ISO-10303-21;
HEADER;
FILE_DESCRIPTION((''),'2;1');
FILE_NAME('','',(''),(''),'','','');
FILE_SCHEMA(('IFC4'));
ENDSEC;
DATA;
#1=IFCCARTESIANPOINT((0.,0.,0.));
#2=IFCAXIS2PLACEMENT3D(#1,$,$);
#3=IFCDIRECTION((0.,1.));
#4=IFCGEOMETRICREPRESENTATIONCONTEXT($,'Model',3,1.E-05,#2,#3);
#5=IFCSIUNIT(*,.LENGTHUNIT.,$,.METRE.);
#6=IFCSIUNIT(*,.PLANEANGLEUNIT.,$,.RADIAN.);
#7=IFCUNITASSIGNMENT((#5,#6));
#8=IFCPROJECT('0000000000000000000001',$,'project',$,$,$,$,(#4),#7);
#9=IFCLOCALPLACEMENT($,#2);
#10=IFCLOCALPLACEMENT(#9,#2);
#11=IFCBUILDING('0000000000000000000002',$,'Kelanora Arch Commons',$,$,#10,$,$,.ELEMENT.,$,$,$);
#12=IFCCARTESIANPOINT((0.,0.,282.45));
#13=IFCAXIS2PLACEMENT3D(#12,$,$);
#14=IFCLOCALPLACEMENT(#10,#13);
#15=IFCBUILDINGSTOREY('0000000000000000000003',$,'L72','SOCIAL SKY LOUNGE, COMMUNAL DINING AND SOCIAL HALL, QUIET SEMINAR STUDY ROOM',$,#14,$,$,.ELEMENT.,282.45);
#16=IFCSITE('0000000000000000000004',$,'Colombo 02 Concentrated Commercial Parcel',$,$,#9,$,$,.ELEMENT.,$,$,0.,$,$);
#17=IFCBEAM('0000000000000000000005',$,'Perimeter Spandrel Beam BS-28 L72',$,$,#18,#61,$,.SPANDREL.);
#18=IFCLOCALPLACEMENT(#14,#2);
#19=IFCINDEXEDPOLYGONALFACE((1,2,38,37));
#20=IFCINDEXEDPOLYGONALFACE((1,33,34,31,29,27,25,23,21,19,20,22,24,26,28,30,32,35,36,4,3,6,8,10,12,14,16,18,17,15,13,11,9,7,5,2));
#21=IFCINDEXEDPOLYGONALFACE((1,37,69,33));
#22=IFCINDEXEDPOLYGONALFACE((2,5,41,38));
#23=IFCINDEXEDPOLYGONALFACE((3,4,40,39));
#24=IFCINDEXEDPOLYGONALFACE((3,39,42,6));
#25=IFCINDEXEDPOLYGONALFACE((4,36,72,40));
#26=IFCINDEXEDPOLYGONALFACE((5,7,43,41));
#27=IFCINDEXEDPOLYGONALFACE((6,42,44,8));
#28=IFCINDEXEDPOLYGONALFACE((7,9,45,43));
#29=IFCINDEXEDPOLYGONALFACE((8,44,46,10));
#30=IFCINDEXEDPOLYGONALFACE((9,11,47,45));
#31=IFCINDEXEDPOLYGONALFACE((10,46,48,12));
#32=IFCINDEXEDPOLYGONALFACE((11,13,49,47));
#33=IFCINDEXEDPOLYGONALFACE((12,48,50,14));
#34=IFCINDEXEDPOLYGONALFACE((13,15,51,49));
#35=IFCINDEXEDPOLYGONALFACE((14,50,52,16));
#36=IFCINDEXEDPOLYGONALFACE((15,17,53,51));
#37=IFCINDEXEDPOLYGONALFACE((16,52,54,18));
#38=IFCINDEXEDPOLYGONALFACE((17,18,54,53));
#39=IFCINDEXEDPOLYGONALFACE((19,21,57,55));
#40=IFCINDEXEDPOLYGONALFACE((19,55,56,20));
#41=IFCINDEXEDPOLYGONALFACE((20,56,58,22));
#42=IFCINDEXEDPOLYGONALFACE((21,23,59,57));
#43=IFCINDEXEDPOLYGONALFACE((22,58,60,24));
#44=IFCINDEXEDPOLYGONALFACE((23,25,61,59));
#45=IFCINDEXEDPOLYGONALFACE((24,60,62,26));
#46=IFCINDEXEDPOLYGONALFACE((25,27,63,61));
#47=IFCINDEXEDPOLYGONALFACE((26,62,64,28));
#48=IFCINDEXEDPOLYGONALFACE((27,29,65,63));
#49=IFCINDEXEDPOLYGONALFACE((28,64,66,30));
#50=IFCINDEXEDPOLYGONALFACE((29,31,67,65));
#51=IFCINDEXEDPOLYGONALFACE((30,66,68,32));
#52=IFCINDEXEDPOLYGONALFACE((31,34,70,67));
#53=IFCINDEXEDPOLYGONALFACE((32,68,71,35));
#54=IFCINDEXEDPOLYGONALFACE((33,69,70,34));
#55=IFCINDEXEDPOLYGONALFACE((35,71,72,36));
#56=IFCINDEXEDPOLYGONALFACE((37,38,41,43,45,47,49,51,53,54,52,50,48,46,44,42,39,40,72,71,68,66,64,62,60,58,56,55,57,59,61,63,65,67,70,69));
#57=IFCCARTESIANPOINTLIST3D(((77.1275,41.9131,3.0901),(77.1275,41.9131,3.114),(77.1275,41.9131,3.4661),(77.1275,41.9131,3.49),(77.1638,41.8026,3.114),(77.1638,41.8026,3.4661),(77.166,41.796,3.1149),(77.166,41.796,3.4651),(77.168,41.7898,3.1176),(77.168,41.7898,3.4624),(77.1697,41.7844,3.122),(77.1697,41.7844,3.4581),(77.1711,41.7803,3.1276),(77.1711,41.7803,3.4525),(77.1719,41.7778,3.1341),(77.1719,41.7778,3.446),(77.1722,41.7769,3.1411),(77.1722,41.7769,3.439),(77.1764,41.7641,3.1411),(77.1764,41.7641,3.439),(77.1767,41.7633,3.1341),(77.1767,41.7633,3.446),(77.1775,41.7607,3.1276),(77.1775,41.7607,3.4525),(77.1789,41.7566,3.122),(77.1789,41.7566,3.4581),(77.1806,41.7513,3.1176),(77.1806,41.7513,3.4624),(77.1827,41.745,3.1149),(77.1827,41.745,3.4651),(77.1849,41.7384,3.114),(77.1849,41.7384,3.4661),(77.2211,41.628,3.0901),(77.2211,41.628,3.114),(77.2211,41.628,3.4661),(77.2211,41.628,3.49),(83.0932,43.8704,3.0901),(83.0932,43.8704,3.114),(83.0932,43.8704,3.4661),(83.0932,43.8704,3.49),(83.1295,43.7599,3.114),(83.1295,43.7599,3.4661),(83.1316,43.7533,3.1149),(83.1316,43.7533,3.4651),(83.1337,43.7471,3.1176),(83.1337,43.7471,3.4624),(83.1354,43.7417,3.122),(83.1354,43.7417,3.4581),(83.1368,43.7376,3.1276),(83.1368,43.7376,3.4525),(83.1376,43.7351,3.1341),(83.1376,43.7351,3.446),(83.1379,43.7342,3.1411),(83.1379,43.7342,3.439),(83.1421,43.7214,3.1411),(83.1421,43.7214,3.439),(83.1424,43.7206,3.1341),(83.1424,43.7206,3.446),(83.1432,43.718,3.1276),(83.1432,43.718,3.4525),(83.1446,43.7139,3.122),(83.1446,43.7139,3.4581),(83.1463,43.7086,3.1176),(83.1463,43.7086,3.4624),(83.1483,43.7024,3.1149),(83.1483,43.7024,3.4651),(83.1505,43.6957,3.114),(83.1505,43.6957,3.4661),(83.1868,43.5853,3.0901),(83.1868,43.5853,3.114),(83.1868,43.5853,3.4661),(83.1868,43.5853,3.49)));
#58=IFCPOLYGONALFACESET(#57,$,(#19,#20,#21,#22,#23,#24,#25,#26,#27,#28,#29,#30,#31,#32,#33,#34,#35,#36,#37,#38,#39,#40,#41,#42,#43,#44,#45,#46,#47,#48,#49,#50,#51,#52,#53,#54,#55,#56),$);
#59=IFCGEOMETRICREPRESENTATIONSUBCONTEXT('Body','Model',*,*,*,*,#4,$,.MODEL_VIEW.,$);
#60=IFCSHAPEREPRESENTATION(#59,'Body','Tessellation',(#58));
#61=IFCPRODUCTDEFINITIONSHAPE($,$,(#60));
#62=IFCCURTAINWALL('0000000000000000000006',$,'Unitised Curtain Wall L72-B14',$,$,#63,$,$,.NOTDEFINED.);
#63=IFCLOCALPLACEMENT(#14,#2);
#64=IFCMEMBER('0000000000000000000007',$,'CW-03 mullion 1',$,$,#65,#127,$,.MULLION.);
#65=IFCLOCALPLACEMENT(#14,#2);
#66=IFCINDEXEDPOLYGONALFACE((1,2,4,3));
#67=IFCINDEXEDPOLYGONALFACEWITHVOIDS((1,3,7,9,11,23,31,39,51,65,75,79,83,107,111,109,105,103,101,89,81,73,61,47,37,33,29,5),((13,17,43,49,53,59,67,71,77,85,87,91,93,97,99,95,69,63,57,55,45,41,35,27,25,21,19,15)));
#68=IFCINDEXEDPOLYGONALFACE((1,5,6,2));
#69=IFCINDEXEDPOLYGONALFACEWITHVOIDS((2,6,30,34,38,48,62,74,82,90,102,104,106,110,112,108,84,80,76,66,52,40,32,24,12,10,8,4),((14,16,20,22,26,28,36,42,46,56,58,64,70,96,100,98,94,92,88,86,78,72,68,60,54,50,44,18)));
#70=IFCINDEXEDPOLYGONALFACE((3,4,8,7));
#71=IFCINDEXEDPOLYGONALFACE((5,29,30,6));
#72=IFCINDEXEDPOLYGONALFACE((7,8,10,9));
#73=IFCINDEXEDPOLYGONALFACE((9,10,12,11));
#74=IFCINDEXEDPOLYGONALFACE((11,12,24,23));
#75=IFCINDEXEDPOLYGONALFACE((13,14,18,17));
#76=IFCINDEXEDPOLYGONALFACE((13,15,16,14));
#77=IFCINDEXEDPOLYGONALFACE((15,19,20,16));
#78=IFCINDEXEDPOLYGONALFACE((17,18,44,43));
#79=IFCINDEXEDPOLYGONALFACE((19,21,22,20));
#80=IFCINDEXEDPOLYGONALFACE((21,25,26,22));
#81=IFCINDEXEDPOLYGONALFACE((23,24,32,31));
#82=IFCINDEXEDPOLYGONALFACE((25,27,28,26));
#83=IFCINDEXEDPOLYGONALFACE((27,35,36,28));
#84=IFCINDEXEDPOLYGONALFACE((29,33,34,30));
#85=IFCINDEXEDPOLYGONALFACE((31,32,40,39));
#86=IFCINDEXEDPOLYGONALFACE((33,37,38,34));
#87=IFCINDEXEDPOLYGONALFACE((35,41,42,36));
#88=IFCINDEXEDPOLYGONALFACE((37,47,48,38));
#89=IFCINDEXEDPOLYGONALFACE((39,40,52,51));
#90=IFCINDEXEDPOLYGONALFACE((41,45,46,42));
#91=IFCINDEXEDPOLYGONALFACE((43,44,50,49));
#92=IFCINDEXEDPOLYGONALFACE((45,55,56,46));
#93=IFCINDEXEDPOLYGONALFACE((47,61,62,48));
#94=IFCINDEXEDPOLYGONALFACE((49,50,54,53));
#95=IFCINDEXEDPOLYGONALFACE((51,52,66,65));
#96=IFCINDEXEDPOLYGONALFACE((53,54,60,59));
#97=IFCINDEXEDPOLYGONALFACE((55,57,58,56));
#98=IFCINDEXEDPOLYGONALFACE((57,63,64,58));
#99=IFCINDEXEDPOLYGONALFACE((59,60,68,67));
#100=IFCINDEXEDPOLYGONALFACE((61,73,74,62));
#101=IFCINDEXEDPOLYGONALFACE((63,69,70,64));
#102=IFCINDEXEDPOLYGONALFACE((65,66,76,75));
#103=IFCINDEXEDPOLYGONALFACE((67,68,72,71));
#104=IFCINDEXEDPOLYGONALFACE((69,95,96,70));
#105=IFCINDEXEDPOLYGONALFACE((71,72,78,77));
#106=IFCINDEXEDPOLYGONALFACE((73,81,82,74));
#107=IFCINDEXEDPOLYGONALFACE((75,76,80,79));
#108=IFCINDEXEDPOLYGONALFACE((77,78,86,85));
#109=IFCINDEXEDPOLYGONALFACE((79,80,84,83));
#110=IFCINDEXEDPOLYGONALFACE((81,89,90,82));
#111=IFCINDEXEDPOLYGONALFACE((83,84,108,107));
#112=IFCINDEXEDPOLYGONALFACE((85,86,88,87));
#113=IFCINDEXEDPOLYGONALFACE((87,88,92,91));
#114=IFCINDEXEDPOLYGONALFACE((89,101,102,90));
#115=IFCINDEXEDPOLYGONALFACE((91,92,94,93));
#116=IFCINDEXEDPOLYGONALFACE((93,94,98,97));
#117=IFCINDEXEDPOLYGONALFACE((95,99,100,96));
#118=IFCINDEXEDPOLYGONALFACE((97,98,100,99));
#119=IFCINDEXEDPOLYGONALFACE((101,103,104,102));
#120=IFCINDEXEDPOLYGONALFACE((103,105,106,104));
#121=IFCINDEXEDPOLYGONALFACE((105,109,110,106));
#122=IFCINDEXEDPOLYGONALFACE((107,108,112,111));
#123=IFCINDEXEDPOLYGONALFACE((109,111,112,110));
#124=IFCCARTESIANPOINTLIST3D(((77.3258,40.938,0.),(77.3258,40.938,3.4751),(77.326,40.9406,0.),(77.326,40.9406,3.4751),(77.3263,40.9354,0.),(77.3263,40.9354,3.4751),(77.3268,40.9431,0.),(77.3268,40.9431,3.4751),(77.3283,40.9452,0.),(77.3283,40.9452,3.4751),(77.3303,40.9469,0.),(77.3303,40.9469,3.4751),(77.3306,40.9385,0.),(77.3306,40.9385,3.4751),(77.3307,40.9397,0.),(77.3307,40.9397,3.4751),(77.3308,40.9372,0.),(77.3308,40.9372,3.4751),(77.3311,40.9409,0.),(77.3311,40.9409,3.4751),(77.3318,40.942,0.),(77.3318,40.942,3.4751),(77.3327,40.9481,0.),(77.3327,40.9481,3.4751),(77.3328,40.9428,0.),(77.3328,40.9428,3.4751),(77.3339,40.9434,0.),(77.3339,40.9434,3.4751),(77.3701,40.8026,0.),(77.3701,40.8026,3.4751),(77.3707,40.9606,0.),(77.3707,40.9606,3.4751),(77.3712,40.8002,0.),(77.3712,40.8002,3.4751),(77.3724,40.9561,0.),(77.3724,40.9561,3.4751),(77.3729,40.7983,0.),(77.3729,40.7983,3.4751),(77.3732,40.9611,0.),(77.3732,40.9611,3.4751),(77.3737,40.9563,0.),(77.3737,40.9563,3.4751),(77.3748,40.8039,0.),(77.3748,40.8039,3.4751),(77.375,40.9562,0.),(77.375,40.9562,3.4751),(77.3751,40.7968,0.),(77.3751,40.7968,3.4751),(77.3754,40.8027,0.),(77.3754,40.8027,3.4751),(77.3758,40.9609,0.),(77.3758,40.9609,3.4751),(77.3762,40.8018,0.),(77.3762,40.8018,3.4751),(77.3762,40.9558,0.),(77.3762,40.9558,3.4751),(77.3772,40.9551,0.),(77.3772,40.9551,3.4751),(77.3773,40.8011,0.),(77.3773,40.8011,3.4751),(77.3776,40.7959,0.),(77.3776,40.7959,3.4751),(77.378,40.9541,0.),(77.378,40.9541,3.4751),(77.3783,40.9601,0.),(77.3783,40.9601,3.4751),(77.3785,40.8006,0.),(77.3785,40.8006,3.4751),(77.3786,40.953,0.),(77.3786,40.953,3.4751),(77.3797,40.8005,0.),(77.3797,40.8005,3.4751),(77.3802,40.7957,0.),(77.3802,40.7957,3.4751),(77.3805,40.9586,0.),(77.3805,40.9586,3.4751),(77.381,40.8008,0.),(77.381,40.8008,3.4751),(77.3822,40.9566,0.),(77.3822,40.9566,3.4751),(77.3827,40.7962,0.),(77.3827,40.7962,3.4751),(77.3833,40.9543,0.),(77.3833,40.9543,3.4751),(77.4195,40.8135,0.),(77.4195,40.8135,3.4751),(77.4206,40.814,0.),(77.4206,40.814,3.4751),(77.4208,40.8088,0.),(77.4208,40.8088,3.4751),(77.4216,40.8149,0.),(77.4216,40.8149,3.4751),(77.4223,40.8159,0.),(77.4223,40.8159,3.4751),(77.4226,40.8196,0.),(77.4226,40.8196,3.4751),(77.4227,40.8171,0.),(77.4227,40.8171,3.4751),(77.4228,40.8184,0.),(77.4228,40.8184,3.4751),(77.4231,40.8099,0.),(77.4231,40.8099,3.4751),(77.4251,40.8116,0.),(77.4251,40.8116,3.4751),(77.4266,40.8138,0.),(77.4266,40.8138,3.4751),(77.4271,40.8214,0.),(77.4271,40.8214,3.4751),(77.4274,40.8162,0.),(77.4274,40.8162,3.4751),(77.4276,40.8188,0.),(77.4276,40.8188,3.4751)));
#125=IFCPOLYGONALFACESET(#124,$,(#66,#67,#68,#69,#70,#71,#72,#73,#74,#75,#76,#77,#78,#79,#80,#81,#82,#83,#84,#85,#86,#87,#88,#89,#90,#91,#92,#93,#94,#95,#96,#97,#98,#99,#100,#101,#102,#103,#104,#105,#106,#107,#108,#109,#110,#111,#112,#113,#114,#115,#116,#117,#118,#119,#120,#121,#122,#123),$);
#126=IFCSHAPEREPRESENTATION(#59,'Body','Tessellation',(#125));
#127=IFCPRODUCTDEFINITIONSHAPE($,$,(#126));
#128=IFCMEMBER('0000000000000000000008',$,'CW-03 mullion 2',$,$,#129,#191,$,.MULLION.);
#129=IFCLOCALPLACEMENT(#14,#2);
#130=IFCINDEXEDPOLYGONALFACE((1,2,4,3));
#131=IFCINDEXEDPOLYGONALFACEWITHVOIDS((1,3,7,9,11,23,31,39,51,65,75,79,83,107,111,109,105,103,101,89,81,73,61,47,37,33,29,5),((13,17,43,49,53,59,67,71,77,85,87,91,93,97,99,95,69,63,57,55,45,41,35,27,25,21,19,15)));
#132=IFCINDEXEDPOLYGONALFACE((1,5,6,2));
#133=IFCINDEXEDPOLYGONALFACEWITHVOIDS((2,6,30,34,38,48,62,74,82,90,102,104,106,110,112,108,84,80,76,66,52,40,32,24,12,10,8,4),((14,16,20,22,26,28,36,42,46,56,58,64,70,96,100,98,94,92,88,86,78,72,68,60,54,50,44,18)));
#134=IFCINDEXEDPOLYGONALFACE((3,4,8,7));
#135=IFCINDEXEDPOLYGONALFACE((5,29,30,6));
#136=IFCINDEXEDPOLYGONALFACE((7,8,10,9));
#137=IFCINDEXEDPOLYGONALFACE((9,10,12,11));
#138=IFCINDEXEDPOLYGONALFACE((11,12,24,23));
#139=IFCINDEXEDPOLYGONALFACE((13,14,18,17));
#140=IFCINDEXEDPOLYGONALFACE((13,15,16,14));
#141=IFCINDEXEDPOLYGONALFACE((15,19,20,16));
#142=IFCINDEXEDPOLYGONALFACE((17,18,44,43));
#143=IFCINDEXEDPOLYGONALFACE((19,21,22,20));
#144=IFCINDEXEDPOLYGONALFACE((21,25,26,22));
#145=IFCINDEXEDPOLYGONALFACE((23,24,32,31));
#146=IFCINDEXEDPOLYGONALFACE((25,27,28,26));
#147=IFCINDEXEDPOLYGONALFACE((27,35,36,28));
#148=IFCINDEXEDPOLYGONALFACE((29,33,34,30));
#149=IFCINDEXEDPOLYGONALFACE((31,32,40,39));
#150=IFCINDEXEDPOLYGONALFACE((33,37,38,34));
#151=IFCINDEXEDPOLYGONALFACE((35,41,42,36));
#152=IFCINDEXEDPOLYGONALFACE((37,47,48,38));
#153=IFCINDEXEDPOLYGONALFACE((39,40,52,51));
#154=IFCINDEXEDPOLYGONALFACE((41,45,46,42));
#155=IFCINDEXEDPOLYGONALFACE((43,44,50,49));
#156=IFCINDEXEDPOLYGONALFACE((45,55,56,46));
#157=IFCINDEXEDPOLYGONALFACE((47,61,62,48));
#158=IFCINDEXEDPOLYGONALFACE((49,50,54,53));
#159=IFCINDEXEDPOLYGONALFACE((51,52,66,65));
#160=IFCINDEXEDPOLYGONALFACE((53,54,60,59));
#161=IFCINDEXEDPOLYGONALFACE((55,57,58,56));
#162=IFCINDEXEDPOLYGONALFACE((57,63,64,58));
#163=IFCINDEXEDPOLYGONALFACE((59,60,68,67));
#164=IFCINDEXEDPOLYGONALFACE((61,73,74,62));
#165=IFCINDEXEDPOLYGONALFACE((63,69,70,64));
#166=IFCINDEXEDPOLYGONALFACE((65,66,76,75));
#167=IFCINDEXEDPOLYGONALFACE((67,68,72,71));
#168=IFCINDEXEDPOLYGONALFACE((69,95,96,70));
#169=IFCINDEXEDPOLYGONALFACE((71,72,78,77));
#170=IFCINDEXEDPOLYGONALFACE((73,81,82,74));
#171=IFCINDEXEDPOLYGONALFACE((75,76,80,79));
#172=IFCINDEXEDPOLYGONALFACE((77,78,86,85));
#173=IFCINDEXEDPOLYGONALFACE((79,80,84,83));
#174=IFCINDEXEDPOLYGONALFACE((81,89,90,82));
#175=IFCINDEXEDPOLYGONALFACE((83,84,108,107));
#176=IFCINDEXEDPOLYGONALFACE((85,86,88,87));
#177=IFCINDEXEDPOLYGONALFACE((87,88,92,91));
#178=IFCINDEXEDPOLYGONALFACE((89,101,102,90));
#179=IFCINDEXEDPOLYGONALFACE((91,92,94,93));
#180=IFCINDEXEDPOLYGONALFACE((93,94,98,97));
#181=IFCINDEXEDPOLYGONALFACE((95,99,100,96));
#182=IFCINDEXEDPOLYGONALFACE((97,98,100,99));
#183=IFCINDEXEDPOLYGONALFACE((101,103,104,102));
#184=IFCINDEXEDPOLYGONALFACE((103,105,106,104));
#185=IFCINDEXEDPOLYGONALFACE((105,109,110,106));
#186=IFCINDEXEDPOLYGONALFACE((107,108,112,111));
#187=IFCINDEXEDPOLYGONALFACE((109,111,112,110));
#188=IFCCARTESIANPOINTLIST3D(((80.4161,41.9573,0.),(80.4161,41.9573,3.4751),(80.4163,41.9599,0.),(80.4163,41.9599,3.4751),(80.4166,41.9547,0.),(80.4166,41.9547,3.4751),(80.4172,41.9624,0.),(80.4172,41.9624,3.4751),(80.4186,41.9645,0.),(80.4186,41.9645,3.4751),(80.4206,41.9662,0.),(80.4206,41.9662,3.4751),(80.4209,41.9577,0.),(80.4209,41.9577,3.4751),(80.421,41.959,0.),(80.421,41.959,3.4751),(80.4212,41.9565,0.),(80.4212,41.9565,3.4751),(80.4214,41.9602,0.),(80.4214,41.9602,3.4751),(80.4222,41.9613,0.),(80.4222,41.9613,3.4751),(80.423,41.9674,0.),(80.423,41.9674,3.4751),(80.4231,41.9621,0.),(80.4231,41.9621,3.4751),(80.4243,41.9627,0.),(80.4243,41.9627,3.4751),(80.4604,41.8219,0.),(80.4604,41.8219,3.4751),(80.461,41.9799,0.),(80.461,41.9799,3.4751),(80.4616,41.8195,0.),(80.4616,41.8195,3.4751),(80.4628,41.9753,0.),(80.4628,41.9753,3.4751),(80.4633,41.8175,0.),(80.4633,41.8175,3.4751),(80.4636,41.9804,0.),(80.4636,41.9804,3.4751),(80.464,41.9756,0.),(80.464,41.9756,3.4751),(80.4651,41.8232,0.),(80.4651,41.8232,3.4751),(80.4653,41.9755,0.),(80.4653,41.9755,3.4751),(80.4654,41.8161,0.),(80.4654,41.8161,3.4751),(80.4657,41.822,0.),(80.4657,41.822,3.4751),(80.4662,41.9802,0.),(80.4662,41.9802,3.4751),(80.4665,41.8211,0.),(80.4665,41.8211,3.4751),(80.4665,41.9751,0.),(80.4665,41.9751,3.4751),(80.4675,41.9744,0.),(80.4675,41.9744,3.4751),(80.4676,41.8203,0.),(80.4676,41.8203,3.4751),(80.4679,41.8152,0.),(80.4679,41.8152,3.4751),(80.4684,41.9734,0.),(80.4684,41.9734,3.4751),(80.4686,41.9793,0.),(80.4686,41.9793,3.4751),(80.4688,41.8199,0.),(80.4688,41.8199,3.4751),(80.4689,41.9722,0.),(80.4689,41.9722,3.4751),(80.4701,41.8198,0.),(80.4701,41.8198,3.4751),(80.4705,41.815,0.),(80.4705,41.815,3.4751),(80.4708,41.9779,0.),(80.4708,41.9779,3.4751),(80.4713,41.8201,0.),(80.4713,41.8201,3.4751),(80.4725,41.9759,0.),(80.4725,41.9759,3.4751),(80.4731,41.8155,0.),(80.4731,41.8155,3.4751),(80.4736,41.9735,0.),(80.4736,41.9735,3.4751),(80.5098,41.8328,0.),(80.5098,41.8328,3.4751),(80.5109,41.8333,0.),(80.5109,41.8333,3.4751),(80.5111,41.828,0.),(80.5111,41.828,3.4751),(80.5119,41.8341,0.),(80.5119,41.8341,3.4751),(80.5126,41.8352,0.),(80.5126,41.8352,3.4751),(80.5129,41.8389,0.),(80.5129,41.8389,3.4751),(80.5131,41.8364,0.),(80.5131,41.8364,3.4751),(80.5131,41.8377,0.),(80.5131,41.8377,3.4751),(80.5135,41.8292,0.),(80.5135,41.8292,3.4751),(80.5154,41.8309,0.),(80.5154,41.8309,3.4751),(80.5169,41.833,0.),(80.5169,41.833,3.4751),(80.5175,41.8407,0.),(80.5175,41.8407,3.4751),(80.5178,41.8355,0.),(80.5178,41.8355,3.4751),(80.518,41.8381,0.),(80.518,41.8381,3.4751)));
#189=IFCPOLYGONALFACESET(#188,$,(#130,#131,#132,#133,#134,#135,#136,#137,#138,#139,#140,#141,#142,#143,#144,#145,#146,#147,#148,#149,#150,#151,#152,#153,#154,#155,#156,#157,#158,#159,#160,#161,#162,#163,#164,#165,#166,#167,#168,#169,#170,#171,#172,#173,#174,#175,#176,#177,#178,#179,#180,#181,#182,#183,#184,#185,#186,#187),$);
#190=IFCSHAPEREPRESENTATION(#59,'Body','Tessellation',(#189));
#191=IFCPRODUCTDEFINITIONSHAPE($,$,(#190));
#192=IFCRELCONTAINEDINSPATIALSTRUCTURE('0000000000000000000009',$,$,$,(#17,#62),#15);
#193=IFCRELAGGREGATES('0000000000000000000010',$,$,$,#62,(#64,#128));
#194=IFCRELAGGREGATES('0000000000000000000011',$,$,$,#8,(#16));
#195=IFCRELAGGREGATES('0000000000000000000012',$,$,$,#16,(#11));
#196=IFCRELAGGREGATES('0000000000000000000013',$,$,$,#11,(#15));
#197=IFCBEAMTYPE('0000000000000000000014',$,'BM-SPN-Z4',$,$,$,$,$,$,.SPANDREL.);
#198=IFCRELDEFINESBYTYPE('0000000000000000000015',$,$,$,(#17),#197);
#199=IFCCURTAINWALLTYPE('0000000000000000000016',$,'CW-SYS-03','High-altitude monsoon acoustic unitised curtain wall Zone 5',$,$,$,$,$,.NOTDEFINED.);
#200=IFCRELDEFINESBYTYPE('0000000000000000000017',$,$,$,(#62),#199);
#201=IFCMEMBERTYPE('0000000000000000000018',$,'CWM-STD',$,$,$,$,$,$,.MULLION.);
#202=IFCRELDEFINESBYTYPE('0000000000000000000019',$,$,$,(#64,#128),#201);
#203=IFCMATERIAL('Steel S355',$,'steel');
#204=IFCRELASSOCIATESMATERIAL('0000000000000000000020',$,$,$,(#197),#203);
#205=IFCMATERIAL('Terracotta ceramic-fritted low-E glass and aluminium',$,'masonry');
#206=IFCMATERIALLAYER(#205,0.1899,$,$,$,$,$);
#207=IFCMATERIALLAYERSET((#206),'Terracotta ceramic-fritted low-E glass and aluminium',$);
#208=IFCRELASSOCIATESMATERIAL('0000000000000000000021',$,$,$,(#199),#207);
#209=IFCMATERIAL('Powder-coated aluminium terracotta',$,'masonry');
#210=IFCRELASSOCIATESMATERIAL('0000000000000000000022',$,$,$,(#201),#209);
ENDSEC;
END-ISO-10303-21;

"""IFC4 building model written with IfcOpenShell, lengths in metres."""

from ifc_helpers import new_model, si_unit, direction, frame, origin, origin_2d, place, context, subcontext, project, spatial, hollow_rectangle, i_section, extrude, material, layer, layer_set, material_profile, profile_set, type_object, element, aggregate, save


model = new_model("IFC4")

# Units and contexts
model_context = context("Model", 3, precision=1e-05, world=origin(), true_north=direction((0.0, 1.0)))
body_context = subcontext(model_context, "Body", "Model", "MODEL_VIEW")
ifc_project = project(units=[si_unit("LENGTHUNIT", "METRE"), si_unit("PLANEANGLEUNIT", "RADIAN")], contexts=[model_context])

# Site, building, storey
site_placement = place(None, origin())
site = spatial("IfcSite", under=ifc_project, at=site_placement, Name="Colombo 02 Concentrated Commercial Parcel", CompositionType="ELEMENT", RefElevation=0.0)
building_placement = place(site_placement, origin())
building = spatial("IfcBuilding", under=site, at=building_placement, Name="Kelanora Arch Commons", CompositionType="ELEMENT")
storey_placement = place(building_placement, frame((0.0, 0.0, 282.45)))
storey = spatial("IfcBuildingStorey", under=building, at=storey_placement, Name="L72", Description="SOCIAL SKY LOUNGE, COMMUNAL DINING AND SOCIAL HALL, QUIET SEMINAR STUDY ROOM", CompositionType="ELEMENT", Elevation=282.45)

# Beam
ifc_material_1 = material(Name="Steel S355", Category="steel")
ifc_material_profile_1 = material_profile(ifc_material_1, i_section(OverallWidth=0.3, OverallDepth=0.3999, WebThickness=0.0134, FlangeThickness=0.0239, FilletRadius=0.0271, at=origin_2d()), Name="HEB400")
ifc_profile_set_1 = profile_set([ifc_material_profile_1], Name="Steel S355")
beam_type_1 = type_object("IfcBeamType", Name="BM-SPN-Z4", PredefinedType="SPANDREL", material=ifc_profile_set_1)
beam_1_placement = place(storey_placement, frame((77.1743, 41.7705, 3.29), z_axis=(0.950166, 0.311745, 0.0), x_axis=(-0.311745, 0.950166, 0.0)))
element("IfcBeam", 1, at=beam_1_placement, inside=storey, type_object=beam_type_1, Name="Perimeter Spandrel Beam BS-28 L72", PredefinedType="SPANDREL", context=body_context, shape_type="SweptSolid", body=[
    extrude(i_section(OverallWidth=0.3, OverallDepth=0.3999, WebThickness=0.0134, FlangeThickness=0.0239, FilletRadius=0.0271, at=origin_2d()), origin(), (0.0, 0.0, 1.0), 6.2786),
])

# Curtain wall, members
ifc_material_2 = material(Name="Terracotta ceramic-fritted low-E glass and aluminium", Category="masonry")
ifc_layer_1 = layer(ifc_material_2, 0.1899)
ifc_layer_set_1 = layer_set([ifc_layer_1], Name="Terracotta ceramic-fritted low-E glass and aluminium")
curtain_wall_type = type_object("IfcCurtainWallType", Name="CW-SYS-03", Description="High-altitude monsoon acoustic unitised curtain wall Zone 5", PredefinedType="NOTDEFINED", material=ifc_layer_set_1)
curtain_wall_placement = place(storey_placement, origin())
curtain_wall = element("IfcCurtainWall", 2, at=curtain_wall_placement, inside=storey, type_object=curtain_wall_type, Name="Unitised Curtain Wall L72-B14", PredefinedType="NOTDEFINED")
ifc_material_3 = material(Name="Powder-coated aluminium terracotta", Category="masonry")
ifc_material_profile_2 = material_profile(ifc_material_3, hollow_rectangle(XDim=0.1599, YDim=0.0601, WallThickness=0.0049, InnerFilletRadius=0.0049, OuterFilletRadius=0.01, at=origin_2d()), Name="CWM160x60")
ifc_profile_set_2 = profile_set([ifc_material_profile_2], Name="Powder-coated aluminium terracotta")
member_type_1 = type_object("IfcMemberType", Name="CWM-STD", PredefinedType="MULLION", material=ifc_profile_set_2)
member_1_placement = place(storey_placement, frame((77.3767, 40.8784, 0.0), z_axis=(0.0, 0.0, 1.0), x_axis=(-0.313253, 0.94967, 0.0)))
member_1 = element("IfcMember", 3, at=member_1_placement, type_object=member_type_1, Name="CW-03 mullion 1", PredefinedType="MULLION", context=body_context, shape_type="SweptSolid", body=[
    extrude(hollow_rectangle(XDim=0.1599, YDim=0.0601, WallThickness=0.0049, InnerFilletRadius=0.0049, OuterFilletRadius=0.01, at=origin_2d()), origin(), (0.0, 0.0, 1.0), 3.4751),
])
member_2_placement = place(storey_placement, frame((80.467, 41.8977, 0.0), z_axis=(0.0, 0.0, 1.0), x_axis=(-0.313253, 0.94967, 0.0)))
member_2 = element("IfcMember", 4, at=member_2_placement, type_object=member_type_1, Name="CW-03 mullion 2", PredefinedType="MULLION", context=body_context, shape_type="SweptSolid", body=[
    extrude(hollow_rectangle(XDim=0.1599, YDim=0.0601, WallThickness=0.0049, InnerFilletRadius=0.0049, OuterFilletRadius=0.01, at=origin_2d()), origin(), (0.0, 0.0, 1.0), 3.4751),
])
aggregate(curtain_wall, [member_1, member_2])

save(model, "model.ifc")
